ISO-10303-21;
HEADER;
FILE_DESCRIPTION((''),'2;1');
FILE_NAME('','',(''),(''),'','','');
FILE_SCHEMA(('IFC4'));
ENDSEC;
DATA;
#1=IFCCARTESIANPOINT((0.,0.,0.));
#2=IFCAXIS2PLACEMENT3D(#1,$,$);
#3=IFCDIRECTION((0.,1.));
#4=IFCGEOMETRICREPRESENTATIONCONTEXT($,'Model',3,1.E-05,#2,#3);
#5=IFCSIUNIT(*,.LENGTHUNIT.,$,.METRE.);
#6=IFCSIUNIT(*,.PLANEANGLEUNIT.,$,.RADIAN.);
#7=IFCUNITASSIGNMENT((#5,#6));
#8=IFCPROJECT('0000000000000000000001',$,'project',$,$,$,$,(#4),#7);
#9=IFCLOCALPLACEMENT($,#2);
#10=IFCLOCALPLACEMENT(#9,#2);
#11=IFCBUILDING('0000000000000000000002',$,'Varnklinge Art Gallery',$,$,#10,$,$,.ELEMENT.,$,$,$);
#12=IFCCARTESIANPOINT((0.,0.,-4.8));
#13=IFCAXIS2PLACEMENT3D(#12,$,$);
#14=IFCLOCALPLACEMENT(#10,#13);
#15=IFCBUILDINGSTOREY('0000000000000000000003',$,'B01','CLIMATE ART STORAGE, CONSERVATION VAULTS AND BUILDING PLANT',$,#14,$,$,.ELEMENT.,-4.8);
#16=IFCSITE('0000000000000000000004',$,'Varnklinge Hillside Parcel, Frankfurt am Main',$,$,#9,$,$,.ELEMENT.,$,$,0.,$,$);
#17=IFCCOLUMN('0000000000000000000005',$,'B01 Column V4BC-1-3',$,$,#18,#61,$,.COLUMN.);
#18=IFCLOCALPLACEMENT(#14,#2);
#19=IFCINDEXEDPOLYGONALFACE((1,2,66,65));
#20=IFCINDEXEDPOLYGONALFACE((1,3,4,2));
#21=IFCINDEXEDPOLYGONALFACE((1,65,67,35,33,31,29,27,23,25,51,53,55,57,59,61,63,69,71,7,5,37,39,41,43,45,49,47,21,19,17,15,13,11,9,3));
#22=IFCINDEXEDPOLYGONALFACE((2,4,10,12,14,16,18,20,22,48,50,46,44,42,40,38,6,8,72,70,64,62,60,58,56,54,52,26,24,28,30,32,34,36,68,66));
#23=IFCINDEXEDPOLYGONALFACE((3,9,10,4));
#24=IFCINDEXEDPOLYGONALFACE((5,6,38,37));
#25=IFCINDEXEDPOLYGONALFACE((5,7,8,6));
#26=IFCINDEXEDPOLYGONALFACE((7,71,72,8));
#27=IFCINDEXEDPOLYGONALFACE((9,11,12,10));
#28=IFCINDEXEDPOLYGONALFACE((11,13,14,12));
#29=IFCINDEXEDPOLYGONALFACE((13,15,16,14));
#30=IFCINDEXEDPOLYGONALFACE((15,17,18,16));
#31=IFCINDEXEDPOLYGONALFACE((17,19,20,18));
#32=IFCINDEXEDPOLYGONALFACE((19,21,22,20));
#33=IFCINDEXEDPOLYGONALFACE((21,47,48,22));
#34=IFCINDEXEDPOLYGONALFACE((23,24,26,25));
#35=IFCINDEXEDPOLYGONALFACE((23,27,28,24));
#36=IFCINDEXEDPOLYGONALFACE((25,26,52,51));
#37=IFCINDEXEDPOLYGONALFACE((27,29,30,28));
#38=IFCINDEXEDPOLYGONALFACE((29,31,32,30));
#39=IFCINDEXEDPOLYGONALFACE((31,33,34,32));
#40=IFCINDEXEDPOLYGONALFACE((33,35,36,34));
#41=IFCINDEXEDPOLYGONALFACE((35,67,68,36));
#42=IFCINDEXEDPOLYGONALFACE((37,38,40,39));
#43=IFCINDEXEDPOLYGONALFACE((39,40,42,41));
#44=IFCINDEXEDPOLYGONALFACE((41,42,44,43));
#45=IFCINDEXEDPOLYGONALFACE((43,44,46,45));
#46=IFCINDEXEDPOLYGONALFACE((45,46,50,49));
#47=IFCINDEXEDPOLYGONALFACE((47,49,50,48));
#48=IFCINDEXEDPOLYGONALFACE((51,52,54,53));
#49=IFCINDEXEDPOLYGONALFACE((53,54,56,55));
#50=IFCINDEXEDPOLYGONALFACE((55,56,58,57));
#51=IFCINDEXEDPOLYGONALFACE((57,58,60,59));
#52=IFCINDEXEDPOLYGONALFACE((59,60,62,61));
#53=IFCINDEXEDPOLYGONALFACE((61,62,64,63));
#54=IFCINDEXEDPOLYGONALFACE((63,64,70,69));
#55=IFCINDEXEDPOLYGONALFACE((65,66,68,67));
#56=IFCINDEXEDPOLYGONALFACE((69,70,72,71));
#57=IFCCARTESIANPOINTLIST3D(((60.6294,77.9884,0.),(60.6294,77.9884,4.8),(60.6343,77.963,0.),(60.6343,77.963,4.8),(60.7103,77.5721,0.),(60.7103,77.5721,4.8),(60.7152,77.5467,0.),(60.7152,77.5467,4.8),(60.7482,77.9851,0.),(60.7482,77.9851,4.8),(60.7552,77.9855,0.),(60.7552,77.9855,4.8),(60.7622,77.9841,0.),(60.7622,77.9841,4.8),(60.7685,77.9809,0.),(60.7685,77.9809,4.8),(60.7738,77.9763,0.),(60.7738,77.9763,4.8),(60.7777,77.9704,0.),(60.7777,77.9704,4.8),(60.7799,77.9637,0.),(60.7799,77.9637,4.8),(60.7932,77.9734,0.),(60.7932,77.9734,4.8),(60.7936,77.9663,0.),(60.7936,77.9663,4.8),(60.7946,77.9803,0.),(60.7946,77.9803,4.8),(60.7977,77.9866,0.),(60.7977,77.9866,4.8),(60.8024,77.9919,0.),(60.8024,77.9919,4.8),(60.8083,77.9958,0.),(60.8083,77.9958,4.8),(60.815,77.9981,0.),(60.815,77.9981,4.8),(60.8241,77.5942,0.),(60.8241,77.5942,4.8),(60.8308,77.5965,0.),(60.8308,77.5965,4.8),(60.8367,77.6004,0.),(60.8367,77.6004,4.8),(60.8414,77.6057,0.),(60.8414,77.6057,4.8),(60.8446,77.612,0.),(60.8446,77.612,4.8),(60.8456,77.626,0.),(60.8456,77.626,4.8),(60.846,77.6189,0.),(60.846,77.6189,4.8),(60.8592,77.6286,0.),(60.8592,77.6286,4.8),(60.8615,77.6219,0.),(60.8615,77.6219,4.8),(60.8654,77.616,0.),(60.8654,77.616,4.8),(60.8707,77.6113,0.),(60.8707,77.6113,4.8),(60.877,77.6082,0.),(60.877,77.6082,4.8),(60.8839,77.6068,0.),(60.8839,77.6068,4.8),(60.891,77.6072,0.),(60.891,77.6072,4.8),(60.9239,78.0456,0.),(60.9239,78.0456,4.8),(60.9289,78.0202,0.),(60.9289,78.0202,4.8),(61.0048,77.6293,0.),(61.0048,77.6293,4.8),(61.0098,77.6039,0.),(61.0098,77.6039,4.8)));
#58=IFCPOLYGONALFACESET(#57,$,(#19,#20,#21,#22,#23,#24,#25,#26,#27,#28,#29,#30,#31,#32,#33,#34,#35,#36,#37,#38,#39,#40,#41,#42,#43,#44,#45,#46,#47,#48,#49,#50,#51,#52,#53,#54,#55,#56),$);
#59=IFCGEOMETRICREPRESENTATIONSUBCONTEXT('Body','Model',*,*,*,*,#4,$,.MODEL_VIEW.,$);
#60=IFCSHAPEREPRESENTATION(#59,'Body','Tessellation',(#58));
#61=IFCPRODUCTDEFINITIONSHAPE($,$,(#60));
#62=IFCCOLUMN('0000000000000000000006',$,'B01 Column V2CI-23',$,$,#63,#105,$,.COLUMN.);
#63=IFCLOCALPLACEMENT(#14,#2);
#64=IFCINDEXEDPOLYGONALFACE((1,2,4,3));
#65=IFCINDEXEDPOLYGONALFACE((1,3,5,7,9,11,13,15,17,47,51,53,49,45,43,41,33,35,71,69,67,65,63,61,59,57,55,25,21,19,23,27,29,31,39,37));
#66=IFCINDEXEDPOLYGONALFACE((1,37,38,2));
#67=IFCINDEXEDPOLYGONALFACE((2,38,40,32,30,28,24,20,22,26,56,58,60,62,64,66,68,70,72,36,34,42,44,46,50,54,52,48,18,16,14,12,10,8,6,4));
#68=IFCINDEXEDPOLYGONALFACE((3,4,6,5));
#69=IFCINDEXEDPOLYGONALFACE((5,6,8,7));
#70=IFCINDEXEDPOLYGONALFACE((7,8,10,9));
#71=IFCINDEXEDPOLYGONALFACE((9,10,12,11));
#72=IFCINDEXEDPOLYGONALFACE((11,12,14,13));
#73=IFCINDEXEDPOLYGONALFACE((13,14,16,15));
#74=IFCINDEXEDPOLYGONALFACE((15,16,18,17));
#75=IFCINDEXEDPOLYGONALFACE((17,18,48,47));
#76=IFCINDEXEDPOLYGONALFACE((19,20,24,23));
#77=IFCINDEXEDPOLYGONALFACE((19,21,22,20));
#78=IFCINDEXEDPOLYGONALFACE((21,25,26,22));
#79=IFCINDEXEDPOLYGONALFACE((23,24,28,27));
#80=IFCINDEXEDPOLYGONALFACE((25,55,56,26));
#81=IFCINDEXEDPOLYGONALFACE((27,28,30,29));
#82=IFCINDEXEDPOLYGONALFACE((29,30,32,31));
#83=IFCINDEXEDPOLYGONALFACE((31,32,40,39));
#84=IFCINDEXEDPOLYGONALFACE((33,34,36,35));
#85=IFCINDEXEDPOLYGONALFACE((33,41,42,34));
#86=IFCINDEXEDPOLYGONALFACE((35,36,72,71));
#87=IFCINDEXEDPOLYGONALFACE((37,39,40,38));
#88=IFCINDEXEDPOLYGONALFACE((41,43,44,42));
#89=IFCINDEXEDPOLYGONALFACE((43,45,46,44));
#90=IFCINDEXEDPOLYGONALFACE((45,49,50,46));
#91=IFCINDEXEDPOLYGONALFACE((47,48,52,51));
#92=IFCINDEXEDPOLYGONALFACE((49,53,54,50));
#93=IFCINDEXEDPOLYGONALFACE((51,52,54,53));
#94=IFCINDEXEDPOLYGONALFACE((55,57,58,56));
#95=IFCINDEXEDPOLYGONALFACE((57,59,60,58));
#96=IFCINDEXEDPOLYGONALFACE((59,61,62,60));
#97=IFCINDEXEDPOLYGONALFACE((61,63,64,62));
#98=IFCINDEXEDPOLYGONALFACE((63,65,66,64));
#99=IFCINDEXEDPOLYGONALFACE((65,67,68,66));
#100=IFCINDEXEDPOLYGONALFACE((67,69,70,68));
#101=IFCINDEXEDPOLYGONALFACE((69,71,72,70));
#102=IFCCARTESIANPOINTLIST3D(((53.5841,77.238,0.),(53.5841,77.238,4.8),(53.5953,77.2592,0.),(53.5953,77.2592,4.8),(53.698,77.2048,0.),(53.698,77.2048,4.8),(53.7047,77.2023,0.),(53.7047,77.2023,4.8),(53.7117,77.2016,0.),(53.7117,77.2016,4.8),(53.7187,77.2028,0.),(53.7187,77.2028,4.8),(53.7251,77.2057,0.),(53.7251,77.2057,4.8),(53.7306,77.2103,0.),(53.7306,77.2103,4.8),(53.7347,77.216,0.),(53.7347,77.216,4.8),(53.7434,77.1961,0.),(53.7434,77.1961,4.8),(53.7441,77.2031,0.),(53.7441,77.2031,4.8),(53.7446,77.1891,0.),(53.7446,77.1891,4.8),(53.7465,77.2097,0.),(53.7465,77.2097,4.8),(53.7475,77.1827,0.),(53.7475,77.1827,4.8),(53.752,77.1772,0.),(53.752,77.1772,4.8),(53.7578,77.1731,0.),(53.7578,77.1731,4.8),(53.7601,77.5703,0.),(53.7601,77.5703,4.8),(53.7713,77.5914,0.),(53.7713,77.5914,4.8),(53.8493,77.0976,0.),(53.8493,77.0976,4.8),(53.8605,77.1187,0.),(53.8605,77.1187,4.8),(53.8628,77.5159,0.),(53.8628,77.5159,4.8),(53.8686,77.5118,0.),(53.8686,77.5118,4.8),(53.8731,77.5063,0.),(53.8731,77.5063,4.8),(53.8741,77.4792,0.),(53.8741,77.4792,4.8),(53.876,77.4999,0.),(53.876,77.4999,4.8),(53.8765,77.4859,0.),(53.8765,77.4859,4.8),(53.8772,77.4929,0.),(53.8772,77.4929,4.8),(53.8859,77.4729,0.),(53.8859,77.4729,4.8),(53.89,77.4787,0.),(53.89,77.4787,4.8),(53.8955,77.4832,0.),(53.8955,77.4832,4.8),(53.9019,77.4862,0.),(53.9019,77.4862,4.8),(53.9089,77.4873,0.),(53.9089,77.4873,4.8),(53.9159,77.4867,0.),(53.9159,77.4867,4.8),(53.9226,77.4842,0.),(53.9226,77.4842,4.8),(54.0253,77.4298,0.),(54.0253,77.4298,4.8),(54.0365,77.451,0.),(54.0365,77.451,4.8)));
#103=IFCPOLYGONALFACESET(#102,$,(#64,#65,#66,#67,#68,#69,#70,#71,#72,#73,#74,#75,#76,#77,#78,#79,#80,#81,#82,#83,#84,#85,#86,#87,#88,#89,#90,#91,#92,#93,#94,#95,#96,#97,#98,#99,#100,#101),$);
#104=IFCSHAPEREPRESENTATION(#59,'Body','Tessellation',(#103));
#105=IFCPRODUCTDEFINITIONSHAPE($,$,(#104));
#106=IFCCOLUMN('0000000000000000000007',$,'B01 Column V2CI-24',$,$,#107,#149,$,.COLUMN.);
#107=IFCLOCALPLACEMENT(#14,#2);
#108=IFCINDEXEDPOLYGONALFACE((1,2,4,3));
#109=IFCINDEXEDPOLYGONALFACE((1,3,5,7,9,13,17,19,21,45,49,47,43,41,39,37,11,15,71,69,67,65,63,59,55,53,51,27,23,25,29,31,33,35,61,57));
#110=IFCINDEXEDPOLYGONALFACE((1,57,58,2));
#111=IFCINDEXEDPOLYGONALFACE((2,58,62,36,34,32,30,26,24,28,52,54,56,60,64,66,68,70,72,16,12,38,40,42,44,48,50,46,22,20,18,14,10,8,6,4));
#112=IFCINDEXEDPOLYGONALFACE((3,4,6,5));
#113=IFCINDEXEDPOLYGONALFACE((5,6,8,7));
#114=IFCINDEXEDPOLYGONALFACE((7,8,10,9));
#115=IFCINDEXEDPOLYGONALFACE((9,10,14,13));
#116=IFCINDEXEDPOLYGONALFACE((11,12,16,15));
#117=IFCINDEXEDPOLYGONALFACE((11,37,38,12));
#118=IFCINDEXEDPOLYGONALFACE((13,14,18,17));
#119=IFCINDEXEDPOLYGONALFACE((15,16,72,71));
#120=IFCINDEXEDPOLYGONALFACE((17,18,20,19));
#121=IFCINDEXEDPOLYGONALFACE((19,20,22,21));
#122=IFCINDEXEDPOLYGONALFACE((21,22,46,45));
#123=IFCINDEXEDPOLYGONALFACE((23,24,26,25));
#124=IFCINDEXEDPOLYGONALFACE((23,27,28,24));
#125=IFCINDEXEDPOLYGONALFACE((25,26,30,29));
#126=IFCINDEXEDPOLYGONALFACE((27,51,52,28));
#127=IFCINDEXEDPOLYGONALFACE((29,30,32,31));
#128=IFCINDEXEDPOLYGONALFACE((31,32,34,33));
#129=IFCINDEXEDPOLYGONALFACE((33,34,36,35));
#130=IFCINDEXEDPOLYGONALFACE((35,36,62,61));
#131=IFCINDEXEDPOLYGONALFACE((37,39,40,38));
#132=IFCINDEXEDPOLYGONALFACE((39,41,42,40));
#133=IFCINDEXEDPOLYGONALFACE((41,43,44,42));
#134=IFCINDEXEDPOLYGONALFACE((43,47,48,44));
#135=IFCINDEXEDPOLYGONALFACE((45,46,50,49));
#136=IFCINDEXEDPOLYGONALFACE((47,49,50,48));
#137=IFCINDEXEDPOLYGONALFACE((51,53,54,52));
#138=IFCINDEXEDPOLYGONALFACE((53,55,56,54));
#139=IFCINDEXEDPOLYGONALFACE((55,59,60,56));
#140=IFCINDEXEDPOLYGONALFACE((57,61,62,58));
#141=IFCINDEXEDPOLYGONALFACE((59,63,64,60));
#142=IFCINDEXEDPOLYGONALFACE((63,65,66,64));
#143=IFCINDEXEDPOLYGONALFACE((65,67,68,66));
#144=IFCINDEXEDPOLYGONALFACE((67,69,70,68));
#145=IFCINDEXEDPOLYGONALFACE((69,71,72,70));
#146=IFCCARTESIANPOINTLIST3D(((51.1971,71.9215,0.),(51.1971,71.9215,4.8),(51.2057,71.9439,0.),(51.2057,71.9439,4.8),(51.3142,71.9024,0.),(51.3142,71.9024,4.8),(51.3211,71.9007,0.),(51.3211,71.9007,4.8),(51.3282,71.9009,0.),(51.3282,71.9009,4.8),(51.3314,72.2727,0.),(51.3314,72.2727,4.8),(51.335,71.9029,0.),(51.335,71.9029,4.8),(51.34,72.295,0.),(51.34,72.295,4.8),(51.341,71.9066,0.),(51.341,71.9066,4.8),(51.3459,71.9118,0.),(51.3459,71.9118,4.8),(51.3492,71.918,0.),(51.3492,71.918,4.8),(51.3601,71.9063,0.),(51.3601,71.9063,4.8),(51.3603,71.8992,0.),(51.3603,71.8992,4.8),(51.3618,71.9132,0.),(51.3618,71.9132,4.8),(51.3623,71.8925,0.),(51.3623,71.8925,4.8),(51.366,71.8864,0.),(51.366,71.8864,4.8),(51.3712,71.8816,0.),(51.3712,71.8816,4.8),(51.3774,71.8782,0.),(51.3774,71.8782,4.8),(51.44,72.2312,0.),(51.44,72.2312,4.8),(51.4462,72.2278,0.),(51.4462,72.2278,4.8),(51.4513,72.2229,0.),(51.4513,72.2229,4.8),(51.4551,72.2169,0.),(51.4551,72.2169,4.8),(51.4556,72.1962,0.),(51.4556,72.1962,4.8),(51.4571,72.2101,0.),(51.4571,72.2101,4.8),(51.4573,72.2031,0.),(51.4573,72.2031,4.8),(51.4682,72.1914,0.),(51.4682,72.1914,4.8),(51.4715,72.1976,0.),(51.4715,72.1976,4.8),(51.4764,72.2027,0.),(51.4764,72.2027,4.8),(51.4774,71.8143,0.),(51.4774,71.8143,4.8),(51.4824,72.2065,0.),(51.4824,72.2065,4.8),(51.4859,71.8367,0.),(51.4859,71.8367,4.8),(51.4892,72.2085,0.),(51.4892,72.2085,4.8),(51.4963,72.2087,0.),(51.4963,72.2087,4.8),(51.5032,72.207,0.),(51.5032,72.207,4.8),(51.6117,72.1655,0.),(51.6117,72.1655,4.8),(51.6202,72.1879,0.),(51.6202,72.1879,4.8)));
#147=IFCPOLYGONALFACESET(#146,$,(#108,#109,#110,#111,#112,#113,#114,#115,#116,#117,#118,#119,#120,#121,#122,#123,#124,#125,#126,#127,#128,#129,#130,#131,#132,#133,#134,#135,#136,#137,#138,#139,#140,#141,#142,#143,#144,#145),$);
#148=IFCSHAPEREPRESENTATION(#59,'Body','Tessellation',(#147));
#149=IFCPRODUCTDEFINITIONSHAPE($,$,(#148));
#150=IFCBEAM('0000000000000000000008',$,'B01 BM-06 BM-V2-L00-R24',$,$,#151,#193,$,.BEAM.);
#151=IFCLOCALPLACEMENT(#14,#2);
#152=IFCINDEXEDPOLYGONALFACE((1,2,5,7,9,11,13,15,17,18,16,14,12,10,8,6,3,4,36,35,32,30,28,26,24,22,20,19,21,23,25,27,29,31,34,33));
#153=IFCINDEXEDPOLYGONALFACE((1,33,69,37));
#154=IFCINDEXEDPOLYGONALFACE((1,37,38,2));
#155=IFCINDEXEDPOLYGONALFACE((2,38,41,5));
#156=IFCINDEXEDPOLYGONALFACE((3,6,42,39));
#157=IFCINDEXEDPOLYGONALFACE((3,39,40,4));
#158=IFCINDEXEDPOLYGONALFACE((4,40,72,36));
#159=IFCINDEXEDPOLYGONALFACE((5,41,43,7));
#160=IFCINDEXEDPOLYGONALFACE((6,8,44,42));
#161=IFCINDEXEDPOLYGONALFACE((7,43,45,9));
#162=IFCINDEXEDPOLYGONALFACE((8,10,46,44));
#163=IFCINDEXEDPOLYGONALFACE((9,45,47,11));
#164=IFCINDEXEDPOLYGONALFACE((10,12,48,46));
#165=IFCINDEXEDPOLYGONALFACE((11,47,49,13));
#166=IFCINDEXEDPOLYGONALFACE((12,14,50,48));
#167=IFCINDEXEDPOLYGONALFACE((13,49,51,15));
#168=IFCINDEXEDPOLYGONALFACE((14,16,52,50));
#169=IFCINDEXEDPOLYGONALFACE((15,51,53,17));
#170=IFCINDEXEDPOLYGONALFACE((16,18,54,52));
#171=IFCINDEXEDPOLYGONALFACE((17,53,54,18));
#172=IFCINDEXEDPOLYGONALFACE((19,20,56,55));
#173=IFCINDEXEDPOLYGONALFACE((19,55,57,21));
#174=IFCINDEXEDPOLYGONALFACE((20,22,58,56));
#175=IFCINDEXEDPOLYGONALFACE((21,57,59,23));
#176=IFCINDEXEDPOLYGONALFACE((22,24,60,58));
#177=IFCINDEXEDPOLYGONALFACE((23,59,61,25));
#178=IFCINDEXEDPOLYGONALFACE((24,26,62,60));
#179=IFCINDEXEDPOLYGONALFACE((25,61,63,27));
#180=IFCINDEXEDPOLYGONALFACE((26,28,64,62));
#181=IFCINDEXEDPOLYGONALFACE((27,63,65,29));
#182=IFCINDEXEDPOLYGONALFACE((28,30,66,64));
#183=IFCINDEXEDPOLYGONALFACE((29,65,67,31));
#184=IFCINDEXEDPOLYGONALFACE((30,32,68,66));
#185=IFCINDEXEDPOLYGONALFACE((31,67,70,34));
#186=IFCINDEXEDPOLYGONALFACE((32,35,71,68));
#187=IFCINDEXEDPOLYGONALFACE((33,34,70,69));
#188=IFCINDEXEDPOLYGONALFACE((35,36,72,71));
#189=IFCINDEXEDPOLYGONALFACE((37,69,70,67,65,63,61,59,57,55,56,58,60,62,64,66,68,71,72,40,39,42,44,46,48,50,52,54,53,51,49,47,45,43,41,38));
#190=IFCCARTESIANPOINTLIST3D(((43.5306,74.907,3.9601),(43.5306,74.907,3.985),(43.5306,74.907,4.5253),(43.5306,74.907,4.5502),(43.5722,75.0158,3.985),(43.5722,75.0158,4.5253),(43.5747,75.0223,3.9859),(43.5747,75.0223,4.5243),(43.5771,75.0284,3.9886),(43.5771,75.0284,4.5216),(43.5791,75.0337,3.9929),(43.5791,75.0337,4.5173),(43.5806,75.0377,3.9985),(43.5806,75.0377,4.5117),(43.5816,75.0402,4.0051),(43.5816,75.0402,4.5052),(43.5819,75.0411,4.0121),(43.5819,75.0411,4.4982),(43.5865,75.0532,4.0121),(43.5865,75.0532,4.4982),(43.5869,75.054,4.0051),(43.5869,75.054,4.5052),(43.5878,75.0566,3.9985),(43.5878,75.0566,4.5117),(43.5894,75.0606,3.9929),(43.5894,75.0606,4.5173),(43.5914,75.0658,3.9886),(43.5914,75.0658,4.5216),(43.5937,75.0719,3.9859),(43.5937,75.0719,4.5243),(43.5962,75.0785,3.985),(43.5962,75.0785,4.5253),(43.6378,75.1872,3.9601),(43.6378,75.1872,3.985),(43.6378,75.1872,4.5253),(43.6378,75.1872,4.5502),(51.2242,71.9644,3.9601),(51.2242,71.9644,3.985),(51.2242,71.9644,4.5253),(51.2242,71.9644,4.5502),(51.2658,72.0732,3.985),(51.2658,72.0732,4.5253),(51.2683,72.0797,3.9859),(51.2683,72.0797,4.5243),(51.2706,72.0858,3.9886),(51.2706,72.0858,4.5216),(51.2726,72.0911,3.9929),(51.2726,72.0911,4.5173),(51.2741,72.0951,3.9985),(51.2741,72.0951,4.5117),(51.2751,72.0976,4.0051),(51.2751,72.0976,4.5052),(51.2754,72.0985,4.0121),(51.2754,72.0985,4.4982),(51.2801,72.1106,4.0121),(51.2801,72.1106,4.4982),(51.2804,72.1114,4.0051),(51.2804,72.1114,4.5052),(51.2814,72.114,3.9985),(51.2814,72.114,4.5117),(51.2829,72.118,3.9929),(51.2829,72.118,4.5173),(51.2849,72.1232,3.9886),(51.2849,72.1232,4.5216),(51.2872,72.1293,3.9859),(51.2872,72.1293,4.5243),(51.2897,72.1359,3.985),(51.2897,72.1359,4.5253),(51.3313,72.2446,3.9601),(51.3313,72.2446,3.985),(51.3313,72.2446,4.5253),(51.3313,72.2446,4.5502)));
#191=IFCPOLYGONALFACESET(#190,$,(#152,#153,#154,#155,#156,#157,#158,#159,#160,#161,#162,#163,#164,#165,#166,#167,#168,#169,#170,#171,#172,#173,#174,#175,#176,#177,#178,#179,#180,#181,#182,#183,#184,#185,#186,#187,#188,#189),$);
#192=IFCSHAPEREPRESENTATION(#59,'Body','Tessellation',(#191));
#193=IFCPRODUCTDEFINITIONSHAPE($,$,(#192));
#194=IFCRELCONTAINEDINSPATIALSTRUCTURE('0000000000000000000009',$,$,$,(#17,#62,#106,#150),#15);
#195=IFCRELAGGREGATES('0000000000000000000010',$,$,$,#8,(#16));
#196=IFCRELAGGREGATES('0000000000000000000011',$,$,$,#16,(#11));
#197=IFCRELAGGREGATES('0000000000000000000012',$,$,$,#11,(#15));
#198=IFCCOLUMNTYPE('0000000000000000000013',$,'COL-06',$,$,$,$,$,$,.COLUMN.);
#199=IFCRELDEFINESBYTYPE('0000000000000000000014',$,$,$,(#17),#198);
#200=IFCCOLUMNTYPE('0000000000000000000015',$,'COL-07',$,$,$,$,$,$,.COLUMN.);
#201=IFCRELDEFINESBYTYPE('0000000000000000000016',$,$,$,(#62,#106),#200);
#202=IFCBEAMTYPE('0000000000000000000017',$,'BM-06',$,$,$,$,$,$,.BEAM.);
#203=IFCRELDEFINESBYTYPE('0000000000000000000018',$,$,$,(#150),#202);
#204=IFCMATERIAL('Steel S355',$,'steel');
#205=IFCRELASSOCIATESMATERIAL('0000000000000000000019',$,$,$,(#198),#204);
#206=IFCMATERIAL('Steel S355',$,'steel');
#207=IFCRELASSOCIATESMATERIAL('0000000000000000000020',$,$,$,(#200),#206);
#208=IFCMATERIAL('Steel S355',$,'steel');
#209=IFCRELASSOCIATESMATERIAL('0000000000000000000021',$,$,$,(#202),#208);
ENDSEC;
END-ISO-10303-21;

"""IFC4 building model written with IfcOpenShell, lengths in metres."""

from ifc_helpers import new_model, si_unit, direction, frame, origin, origin_2d, place, context, subcontext, project, spatial, i_section, extrude, material, material_profile, profile_set, type_object, element, save


model = new_model("IFC4")

# Units and contexts
model_context = context("Model", 3, precision=1e-05, world=origin(), true_north=direction((0.0, 1.0)))
body_context = subcontext(model_context, "Body", "Model", "MODEL_VIEW")
ifc_project = project(units=[si_unit("LENGTHUNIT", "METRE"), si_unit("PLANEANGLEUNIT", "RADIAN")], contexts=[model_context])

# Site, building, storey
site_placement = place(None, origin())
site = spatial("IfcSite", under=ifc_project, at=site_placement, Name="Varnklinge Hillside Parcel, Frankfurt am Main", CompositionType="ELEMENT", RefElevation=0.0)
building_placement = place(site_placement, origin())
building = spatial("IfcBuilding", under=site, at=building_placement, Name="Varnklinge Art Gallery", CompositionType="ELEMENT")
storey_placement = place(building_placement, frame((0.0, 0.0, -4.8)))
storey = spatial("IfcBuildingStorey", under=building, at=storey_placement, Name="B01", Description="CLIMATE ART STORAGE, CONSERVATION VAULTS AND BUILDING PLANT", CompositionType="ELEMENT", Elevation=-4.8)

# Columns
ifc_material_1 = material(Name="Steel S355", Category="steel")
ifc_material_profile_1 = material_profile(ifc_material_1, i_section(OverallWidth=0.3, OverallDepth=0.45, WebThickness=0.0139, FlangeThickness=0.0259, FilletRadius=0.0271, at=origin_2d()), Name="HEB 450")
ifc_profile_set_1 = profile_set([ifc_material_profile_1], Name="Steel S355")
column_type_1 = type_object("IfcColumnType", Name="COL-06", PredefinedType="COLUMN", material=ifc_profile_set_1)
for number, where, z_axis, x_axis, name in (
    (1, (60.8196, 77.7961, 0.0), (0.0, 0.0, 1.0), (0.981627, 0.190809, 0.0), "B01 Column V4BC-1-3"),
):
    element("IfcColumn", number, at=place(storey_placement, frame(where, z_axis=z_axis, x_axis=x_axis)), inside=storey, type_object=column_type_1, Name=name, PredefinedType="COLUMN", context=body_context, shape_type="SweptSolid", body=[
        extrude(i_section(OverallWidth=0.3, OverallDepth=0.45, WebThickness=0.0139, FlangeThickness=0.0259, FilletRadius=0.0271, at=origin_2d()), origin(), (0.0, 0.0, 1.0), 4.8),
    ])
ifc_material_2 = material(Name="Steel S355", Category="steel")
ifc_material_profile_2 = material_profile(ifc_material_2, i_section(OverallWidth=0.3, OverallDepth=0.3999, WebThickness=0.0134, FlangeThickness=0.0239, FilletRadius=0.0271, at=origin_2d()), Name="HEB 400")
ifc_profile_set_2 = profile_set([ifc_material_profile_2], Name="Steel S355")
column_type_2 = type_object("IfcColumnType", Name="COL-07", PredefinedType="COLUMN", material=ifc_profile_set_2)
for number, where, z_axis, x_axis, name in (
    (2, (53.8103, 77.3445, 0.0), (0.0, 0.0, 1.0), (0.883684, -0.468084, 0.0), "B01 Column V2CI-23"),
    (3, (51.4087, 72.0547, 0.0), (0.0, 0.0, 1.0), (0.934018, -0.357227, 0.0), "B01 Column V2CI-24"),
):
    element("IfcColumn", number, at=place(storey_placement, frame(where, z_axis=z_axis, x_axis=x_axis)), inside=storey, type_object=column_type_2, Name=name, PredefinedType="COLUMN", context=body_context, shape_type="SweptSolid", body=[
        extrude(i_section(OverallWidth=0.3, OverallDepth=0.3999, WebThickness=0.0134, FlangeThickness=0.0239, FilletRadius=0.0271, at=origin_2d()), origin(), (0.0, 0.0, 1.0), 4.8),
    ])

# Beam
ifc_material_3 = material(Name="Steel S355", Category="steel")
ifc_material_profile_3 = material_profile(ifc_material_3, i_section(OverallWidth=0.3, OverallDepth=0.5901, WebThickness=0.0129, FlangeThickness=0.0249, FilletRadius=0.0271, at=origin_2d()), Name="HEA 600")
ifc_profile_set_3 = profile_set([ifc_material_profile_3], Name="Steel S355")
beam_type_1 = type_object("IfcBeamType", Name="BM-06", PredefinedType="BEAM", material=ifc_profile_set_3)
beam_1_placement = place(storey_placement, frame((43.5842, 75.0471, 4.2551), z_axis=(0.934013, -0.357239, 0.0), x_axis=(0.357239, 0.934013, 0.0)))
element("IfcBeam", 4, at=beam_1_placement, inside=storey, type_object=beam_type_1, Name="B01 BM-06 BM-V2-L00-R24", PredefinedType="BEAM", context=body_context, shape_type="SweptSolid", body=[
    extrude(i_section(OverallWidth=0.3, OverallDepth=0.5901, WebThickness=0.0129, FlangeThickness=0.0249, FilletRadius=0.0271, at=origin_2d()), origin(), (0.0, 0.0, 1.0), 8.2371),
])

save(model, "model.ifc")
